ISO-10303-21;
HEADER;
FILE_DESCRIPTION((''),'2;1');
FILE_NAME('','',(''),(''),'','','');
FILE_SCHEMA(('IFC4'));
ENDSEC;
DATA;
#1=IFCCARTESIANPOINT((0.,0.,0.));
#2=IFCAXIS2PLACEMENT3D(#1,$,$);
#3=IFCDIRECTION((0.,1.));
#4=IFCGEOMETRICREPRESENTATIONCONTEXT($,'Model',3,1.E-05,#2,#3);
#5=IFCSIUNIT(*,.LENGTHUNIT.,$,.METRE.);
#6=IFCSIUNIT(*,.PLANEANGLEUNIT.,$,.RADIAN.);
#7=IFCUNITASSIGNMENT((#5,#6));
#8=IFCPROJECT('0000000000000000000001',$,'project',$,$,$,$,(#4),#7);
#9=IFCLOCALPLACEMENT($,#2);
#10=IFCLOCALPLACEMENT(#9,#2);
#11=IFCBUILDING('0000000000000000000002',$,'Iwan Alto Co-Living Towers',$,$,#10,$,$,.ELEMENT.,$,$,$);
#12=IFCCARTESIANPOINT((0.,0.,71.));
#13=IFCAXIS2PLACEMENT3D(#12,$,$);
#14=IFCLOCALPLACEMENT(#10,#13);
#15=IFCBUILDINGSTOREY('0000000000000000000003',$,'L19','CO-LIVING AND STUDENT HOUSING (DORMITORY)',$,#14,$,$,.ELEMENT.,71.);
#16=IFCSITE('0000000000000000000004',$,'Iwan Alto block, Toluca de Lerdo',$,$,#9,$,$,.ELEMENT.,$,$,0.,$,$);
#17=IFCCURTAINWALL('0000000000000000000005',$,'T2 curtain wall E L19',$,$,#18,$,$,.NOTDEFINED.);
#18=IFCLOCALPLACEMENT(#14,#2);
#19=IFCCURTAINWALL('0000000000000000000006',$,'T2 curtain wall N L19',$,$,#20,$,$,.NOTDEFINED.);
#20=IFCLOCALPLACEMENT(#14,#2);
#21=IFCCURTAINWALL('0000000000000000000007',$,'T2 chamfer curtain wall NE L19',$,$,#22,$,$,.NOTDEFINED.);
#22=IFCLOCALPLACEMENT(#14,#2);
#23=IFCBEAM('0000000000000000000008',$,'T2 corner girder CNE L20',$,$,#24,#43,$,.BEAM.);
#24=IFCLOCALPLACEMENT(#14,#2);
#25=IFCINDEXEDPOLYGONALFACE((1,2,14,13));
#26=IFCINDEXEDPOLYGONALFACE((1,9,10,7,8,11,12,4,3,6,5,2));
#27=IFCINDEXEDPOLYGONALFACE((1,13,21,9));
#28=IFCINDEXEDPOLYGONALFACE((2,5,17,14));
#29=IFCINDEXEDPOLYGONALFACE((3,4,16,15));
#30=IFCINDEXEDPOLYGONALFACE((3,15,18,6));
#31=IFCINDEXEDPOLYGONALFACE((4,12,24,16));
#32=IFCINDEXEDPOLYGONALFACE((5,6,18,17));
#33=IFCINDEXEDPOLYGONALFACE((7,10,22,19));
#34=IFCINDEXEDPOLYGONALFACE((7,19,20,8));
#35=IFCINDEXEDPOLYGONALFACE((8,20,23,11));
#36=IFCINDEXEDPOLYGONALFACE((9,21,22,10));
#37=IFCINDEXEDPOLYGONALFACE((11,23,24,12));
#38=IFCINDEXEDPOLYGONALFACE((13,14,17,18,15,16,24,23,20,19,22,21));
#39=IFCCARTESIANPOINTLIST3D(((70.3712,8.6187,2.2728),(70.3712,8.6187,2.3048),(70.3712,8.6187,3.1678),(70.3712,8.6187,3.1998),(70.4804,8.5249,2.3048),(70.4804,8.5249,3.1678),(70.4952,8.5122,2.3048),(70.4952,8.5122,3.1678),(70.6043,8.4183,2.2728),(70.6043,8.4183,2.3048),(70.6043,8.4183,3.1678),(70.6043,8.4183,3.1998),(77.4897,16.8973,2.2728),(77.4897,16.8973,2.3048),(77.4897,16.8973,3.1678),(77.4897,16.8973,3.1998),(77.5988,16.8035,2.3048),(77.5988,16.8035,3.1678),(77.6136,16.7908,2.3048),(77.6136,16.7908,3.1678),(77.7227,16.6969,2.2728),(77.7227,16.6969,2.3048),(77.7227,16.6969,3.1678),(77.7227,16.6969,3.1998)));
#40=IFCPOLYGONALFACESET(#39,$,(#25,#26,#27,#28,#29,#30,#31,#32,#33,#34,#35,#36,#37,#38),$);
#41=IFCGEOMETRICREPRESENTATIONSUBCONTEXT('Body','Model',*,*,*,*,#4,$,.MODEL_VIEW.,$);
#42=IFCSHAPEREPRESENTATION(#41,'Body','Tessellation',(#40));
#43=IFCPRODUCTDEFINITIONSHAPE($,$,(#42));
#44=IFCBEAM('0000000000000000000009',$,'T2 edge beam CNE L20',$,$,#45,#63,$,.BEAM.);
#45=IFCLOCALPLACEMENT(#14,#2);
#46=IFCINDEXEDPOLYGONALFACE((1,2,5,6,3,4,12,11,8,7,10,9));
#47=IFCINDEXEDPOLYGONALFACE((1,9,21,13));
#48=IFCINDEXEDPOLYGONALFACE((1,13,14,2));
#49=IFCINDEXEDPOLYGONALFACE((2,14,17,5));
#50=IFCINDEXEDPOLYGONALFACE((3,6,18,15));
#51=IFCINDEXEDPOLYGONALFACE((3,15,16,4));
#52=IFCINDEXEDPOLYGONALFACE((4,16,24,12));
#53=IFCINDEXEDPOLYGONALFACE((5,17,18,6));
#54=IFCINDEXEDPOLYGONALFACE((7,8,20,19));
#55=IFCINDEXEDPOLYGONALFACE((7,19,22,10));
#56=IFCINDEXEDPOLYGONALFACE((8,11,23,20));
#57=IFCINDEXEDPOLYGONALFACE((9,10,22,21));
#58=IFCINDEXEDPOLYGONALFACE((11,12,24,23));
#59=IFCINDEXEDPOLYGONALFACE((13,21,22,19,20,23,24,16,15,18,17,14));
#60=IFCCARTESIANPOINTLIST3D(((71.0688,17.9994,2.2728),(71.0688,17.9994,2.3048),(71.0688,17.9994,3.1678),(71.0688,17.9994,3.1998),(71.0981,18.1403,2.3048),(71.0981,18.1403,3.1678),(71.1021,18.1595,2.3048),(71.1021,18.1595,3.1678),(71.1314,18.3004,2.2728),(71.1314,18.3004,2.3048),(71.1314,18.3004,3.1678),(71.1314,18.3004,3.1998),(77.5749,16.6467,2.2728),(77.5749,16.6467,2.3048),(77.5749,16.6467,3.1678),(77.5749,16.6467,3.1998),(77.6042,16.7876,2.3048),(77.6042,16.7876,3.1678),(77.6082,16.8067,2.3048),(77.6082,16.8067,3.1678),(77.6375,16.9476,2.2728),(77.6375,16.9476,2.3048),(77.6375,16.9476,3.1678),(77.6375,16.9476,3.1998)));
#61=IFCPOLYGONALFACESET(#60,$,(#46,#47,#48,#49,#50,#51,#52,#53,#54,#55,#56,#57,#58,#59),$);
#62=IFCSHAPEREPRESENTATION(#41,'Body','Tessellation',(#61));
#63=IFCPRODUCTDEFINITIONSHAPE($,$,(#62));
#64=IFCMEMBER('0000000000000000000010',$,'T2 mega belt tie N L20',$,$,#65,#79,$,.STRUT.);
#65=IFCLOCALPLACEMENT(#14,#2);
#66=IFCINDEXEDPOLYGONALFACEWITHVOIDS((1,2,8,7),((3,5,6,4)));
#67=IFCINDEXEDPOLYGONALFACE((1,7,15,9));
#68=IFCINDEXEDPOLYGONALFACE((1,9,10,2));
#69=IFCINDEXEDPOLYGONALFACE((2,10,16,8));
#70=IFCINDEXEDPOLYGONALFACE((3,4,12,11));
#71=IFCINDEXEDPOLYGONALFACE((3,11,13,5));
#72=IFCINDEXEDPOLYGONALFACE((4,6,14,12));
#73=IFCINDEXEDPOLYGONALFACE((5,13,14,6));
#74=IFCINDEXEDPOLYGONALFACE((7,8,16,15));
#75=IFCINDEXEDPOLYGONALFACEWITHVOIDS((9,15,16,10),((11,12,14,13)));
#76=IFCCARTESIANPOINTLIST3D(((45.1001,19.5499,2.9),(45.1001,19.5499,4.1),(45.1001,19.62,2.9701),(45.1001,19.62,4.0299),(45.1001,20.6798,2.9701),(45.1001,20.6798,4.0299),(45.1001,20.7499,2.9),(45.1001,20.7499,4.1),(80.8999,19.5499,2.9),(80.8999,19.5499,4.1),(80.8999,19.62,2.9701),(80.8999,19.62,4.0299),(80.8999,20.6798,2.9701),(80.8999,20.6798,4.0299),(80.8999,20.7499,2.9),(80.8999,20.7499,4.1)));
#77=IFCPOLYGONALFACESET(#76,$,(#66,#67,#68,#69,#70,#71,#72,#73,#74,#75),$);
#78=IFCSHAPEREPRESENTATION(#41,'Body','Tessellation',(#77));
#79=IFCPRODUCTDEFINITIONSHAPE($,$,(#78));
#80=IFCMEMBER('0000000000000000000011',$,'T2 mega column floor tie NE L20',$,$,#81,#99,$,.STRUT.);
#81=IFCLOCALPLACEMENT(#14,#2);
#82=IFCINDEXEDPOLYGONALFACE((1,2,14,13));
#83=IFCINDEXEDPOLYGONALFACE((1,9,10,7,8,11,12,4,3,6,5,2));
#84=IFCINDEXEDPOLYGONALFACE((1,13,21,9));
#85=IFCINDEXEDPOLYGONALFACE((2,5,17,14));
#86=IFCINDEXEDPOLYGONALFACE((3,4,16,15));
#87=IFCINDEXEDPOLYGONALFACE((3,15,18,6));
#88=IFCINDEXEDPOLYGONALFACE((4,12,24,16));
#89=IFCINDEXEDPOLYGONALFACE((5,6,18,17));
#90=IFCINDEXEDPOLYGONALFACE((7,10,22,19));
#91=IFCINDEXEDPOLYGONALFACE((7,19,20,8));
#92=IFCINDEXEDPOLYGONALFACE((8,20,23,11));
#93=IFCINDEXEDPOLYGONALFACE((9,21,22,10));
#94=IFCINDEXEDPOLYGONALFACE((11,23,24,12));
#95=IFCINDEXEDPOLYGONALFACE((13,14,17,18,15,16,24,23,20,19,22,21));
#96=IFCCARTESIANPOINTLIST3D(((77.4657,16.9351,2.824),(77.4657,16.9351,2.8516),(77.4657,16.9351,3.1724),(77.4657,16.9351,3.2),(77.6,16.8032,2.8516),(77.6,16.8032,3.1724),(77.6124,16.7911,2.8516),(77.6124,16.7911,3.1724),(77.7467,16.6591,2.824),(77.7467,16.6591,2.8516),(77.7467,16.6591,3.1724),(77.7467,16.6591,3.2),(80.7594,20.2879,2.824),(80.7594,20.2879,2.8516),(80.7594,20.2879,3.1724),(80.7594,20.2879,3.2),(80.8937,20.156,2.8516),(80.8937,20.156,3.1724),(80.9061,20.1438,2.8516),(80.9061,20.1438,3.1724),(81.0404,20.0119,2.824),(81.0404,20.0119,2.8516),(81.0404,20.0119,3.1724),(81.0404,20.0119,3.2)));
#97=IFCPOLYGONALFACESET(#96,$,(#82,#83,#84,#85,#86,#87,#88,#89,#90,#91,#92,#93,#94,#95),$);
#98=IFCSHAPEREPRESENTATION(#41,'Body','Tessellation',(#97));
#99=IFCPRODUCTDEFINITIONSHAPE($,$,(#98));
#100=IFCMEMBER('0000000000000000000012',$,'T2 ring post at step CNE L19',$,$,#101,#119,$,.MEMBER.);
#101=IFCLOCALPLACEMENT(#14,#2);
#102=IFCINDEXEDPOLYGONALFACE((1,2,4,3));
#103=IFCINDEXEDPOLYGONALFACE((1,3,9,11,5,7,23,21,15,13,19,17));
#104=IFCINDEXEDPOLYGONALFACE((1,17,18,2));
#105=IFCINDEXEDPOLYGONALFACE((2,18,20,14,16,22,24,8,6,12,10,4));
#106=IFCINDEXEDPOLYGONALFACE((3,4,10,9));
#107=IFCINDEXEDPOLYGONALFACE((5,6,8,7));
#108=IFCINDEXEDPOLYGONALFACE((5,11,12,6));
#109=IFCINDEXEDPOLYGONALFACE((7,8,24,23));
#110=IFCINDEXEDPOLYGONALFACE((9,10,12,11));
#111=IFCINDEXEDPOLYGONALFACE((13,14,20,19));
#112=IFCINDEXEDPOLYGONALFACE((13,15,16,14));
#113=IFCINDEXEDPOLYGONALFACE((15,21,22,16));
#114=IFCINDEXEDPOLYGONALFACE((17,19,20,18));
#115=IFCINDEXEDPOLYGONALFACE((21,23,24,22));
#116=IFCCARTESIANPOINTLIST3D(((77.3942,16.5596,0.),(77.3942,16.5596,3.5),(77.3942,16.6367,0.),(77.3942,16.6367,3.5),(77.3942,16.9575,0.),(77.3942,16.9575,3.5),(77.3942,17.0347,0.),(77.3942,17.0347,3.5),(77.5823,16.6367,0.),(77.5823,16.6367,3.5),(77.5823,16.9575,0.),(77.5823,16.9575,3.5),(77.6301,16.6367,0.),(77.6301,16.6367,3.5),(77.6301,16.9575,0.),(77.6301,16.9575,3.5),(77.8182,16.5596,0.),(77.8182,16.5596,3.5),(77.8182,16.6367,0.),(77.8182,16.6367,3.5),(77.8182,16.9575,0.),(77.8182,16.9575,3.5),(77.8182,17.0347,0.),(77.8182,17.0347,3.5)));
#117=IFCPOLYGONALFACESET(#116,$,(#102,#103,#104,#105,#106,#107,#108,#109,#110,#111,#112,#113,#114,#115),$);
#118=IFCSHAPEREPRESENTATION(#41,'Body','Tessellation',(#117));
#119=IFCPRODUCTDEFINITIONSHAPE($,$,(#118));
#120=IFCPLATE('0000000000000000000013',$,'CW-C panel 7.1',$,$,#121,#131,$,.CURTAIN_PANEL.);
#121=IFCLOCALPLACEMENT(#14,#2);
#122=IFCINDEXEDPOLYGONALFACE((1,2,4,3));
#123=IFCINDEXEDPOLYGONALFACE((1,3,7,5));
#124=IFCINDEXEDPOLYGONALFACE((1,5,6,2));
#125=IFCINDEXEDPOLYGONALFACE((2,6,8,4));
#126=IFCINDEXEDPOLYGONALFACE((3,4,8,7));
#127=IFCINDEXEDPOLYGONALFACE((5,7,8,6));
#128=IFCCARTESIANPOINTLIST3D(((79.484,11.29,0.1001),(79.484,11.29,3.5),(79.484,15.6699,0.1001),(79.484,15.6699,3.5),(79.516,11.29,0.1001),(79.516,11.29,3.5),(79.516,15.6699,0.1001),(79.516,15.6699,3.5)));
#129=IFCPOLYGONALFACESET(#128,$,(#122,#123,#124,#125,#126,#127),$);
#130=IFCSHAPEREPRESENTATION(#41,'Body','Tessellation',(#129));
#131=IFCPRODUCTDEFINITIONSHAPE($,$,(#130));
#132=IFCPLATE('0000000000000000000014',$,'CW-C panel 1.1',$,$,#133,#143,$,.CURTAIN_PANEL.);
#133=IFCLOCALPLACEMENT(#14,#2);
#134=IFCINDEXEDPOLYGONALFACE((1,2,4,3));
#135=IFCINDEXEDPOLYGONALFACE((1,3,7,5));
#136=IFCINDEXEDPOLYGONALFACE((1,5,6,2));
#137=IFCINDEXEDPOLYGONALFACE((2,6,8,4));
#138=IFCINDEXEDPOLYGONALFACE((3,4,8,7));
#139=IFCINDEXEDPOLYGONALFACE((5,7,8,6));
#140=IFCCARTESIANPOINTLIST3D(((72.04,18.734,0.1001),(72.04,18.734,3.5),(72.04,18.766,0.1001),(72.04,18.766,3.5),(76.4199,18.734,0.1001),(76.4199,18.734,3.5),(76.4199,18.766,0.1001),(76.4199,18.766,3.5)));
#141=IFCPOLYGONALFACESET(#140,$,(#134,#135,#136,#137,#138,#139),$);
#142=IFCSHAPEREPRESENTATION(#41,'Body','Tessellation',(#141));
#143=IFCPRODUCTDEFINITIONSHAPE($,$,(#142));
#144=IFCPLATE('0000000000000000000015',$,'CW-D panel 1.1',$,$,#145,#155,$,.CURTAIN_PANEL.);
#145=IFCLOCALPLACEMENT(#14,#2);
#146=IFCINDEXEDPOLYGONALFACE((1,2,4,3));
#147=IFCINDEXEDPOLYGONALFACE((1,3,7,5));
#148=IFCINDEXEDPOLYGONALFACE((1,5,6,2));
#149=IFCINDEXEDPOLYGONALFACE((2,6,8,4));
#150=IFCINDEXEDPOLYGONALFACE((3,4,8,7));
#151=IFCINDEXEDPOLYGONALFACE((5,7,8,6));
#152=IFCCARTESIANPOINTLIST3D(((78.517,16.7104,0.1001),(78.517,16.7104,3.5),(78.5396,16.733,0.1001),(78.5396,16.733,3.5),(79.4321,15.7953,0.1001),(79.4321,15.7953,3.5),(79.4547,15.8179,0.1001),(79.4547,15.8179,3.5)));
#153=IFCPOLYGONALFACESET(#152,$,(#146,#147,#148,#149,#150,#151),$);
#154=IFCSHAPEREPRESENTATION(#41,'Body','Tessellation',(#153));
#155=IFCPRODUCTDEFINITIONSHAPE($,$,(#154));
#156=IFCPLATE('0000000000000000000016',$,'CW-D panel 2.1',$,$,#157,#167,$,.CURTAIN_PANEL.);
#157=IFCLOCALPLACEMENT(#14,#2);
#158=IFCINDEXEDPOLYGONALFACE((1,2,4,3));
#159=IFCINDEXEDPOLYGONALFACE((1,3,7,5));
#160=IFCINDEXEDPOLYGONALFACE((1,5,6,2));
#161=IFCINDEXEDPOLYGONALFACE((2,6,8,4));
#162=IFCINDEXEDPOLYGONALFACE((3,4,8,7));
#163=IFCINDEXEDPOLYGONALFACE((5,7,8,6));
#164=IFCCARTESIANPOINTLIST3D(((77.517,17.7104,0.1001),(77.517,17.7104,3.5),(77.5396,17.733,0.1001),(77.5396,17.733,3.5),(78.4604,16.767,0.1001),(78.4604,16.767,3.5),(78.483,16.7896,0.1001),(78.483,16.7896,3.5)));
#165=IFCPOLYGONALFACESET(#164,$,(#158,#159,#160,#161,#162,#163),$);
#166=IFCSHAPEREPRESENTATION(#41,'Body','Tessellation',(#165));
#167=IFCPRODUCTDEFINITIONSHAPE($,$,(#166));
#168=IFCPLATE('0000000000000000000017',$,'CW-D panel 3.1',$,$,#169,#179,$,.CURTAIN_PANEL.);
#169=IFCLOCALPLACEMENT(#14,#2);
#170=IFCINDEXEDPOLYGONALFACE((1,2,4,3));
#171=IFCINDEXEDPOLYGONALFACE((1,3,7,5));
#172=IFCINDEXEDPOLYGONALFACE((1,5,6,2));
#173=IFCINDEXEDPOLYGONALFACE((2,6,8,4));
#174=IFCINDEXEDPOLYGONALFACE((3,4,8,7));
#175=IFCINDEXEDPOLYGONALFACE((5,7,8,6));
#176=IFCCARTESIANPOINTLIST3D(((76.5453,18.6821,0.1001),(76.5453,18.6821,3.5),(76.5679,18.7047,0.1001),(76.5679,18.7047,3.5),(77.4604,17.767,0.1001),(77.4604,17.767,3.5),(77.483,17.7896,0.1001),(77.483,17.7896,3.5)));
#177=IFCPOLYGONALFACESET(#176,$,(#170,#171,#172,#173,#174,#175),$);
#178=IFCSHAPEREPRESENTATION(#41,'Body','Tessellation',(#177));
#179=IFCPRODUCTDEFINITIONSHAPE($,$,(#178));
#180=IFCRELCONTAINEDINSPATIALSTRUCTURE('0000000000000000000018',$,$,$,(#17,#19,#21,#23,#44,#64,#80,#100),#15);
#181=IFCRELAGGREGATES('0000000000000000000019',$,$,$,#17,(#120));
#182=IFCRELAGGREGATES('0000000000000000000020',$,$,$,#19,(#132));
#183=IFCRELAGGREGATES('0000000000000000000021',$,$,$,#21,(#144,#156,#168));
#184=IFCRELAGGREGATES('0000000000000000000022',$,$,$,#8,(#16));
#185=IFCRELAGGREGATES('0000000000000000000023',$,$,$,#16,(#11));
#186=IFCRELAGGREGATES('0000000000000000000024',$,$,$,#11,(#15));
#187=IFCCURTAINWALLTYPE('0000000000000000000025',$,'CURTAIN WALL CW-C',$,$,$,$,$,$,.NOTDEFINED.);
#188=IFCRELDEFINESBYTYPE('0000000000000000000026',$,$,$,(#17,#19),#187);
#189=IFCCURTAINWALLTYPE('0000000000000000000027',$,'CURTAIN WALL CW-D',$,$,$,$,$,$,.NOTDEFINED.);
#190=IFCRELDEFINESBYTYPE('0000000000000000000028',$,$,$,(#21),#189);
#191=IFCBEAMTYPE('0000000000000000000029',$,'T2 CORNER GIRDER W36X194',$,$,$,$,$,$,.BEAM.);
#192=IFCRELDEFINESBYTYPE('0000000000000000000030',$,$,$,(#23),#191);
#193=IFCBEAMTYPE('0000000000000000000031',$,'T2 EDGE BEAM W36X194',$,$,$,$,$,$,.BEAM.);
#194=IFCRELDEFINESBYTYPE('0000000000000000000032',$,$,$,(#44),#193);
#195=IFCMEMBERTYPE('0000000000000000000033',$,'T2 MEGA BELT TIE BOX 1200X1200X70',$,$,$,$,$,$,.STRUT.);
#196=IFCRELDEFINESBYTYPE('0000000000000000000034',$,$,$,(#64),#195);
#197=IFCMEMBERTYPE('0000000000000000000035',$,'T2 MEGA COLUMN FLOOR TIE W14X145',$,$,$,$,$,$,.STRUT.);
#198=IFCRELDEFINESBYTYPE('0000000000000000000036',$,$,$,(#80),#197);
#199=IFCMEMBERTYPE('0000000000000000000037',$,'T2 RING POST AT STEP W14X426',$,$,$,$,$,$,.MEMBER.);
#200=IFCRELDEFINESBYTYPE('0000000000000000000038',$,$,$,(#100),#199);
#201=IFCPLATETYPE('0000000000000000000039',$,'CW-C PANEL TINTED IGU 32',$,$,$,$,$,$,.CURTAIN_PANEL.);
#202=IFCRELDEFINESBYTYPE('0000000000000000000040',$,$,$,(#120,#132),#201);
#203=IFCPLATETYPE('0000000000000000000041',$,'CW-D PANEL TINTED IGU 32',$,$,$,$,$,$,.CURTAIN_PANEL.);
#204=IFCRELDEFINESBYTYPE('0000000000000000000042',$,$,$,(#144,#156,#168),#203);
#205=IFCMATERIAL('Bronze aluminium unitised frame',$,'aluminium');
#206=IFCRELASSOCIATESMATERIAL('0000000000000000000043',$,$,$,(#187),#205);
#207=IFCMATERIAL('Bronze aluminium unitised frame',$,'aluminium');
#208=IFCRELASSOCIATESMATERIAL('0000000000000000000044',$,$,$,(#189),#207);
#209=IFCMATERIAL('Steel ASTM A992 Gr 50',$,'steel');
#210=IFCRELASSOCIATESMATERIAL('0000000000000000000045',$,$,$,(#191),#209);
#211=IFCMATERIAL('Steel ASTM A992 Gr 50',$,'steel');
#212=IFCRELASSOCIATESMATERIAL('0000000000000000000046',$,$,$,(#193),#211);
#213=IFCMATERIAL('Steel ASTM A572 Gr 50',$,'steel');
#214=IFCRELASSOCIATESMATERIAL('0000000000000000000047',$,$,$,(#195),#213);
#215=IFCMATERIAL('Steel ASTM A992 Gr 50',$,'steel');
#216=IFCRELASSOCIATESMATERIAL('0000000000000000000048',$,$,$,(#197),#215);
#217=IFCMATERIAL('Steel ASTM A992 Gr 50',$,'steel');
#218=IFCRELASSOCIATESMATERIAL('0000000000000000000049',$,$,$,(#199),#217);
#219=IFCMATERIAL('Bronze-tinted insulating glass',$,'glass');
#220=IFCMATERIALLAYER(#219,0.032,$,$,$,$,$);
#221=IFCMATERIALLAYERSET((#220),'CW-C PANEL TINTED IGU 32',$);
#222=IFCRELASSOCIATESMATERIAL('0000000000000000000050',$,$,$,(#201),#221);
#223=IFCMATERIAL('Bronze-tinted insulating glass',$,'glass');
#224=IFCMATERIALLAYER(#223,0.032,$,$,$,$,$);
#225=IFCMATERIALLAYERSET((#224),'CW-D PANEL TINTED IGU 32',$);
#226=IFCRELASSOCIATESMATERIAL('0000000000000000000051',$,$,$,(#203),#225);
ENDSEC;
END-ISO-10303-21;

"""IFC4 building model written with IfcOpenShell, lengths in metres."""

from ifc_helpers import new_model, si_unit, direction, frame, origin, origin_2d, place, context, subcontext, project, spatial, rectangle, hollow_rectangle, i_section, extrude, material, layer, layer_set, material_profile, profile_set, type_object, element, aggregate, save


model = new_model("IFC4")

# Units and contexts
model_context = context("Model", 3, precision=1e-05, world=origin(), true_north=direction((0.0, 1.0)))
body_context = subcontext(model_context, "Body", "Model", "MODEL_VIEW")
ifc_project = project(units=[si_unit("LENGTHUNIT", "METRE"), si_unit("PLANEANGLEUNIT", "RADIAN")], contexts=[model_context])

# Site, building, storey
site_placement = place(None, origin())
site = spatial("IfcSite", under=ifc_project, at=site_placement, Name="Iwan Alto block, Toluca de Lerdo", CompositionType="ELEMENT", RefElevation=0.0)
building_placement = place(site_placement, origin())
building = spatial("IfcBuilding", under=site, at=building_placement, Name="Iwan Alto Co-Living Towers", CompositionType="ELEMENT")
storey_placement = place(building_placement, frame((0.0, 0.0, 71.0)))
storey = spatial("IfcBuildingStorey", under=building, at=storey_placement, Name="L19", Description="CO-LIVING AND STUDENT HOUSING (DORMITORY)", CompositionType="ELEMENT", Elevation=71.0)

# Curtain wall
ifc_material_1 = material(Name="Bronze aluminium unitised frame", Category="aluminium")
curtain_wall_type_1 = type_object("IfcCurtainWallType", Name="CURTAIN WALL CW-C", PredefinedType="NOTDEFINED", material=ifc_material_1)
curtain_wall_1_placement = place(storey_placement, origin())
curtain_wall_1 = element("IfcCurtainWall", 1, at=curtain_wall_1_placement, inside=storey, type_object=curtain_wall_type_1, Name="T2 curtain wall E L19", PredefinedType="NOTDEFINED")

# Curtain walls
curtain_wall_2_placement = place(storey_placement, origin())
curtain_wall_2 = element("IfcCurtainWall", 2, at=curtain_wall_2_placement, inside=storey, type_object=curtain_wall_type_1, Name="T2 curtain wall N L19", PredefinedType="NOTDEFINED")
ifc_material_2 = material(Name="Bronze aluminium unitised frame", Category="aluminium")
curtain_wall_type_2 = type_object("IfcCurtainWallType", Name="CURTAIN WALL CW-D", PredefinedType="NOTDEFINED", material=ifc_material_2)
curtain_wall_3_placement = place(storey_placement, origin())
curtain_wall_3 = element("IfcCurtainWall", 3, at=curtain_wall_3_placement, inside=storey, type_object=curtain_wall_type_2, Name="T2 chamfer curtain wall NE L19", PredefinedType="NOTDEFINED")

# Beams
ifc_material_3 = material(Name="Steel ASTM A992 Gr 50", Category="steel")
ifc_material_profile_1 = material_profile(ifc_material_3, i_section(OverallWidth=0.3074, OverallDepth=0.927, WebThickness=0.0195, FlangeThickness=0.032, at=origin_2d()), Name="W36X194")
ifc_profile_set_1 = profile_set([ifc_material_profile_1], Name="Steel ASTM A992 Gr 50")
beam_type_1 = type_object("IfcBeamType", Name="T2 CORNER GIRDER W36X194", PredefinedType="BEAM", material=ifc_profile_set_1)
beam_1_placement = place(storey_placement, frame((77.6062, 16.7971, 2.7363), z_axis=(-0.651978, -0.758238, 0.0), x_axis=(0.758238, -0.651978, 0.0)))
element("IfcBeam", 4, at=beam_1_placement, inside=storey, type_object=beam_type_1, Name="T2 corner girder CNE L20", PredefinedType="BEAM", context=body_context, shape_type="SweptSolid", body=[
    extrude(i_section(OverallWidth=0.3074, OverallDepth=0.927, WebThickness=0.0195, FlangeThickness=0.032, at=origin_2d()), origin(), (0.0, 0.0, 1.0), 10.9182),
])
ifc_material_4 = material(Name="Steel ASTM A992 Gr 50", Category="steel")
ifc_material_profile_2 = material_profile(ifc_material_4, i_section(OverallWidth=0.3074, OverallDepth=0.927, WebThickness=0.0195, FlangeThickness=0.032, at=origin_2d()), Name="W36X194")
ifc_profile_set_2 = profile_set([ifc_material_profile_2], Name="Steel ASTM A992 Gr 50")
beam_type_2 = type_object("IfcBeamType", Name="T2 EDGE BEAM W36X194", PredefinedType="BEAM", material=ifc_profile_set_2)
beam_2_placement = place(storey_placement, frame((77.6062, 16.7971, 2.7363), z_axis=(-0.97906, 0.203571, 0.0), x_axis=(-0.203571, -0.97906, 0.0)))
element("IfcBeam", 5, at=beam_2_placement, inside=storey, type_object=beam_type_2, Name="T2 edge beam CNE L20", PredefinedType="BEAM", context=body_context, shape_type="SweptSolid", body=[
    extrude(i_section(OverallWidth=0.3074, OverallDepth=0.927, WebThickness=0.0195, FlangeThickness=0.032, at=origin_2d()), origin(), (0.0, 0.0, 1.0), 6.6453),
])

# Members
ifc_material_5 = material(Name="Steel ASTM A572 Gr 50", Category="steel")
ifc_material_profile_3 = material_profile(ifc_material_5, hollow_rectangle(XDim=1.2, YDim=1.2, WallThickness=0.0701, at=origin_2d()), Name="BOX 1200X1200X70")
ifc_profile_set_3 = profile_set([ifc_material_profile_3], Name="Steel ASTM A572 Gr 50")
member_type_1 = type_object("IfcMemberType", Name="T2 MEGA BELT TIE BOX 1200X1200X70", PredefinedType="STRUT", material=ifc_profile_set_3)
member_1_placement = place(storey_placement, frame((80.8999, 20.1499, 3.5), z_axis=(-1.0, 0.0, 0.0), x_axis=(0.0, -1.0, 0.0)))
element("IfcMember", 6, at=member_1_placement, inside=storey, type_object=member_type_1, Name="T2 mega belt tie N L20", PredefinedType="STRUT", context=body_context, shape_type="SweptSolid", body=[
    extrude(hollow_rectangle(XDim=1.2, YDim=1.2, WallThickness=0.0701, at=origin_2d()), origin(), (0.0, 0.0, 1.0), 35.7998),
])
ifc_material_6 = material(Name="Steel ASTM A992 Gr 50", Category="steel")
ifc_material_profile_4 = material_profile(ifc_material_6, i_section(OverallWidth=0.3938, OverallDepth=0.376, WebThickness=0.0173, FlangeThickness=0.0276, at=origin_2d()), Name="W14X145")
ifc_profile_set_4 = profile_set([ifc_material_profile_4], Name="Steel ASTM A992 Gr 50")
member_type_2 = type_object("IfcMemberType", Name="T2 MEGA COLUMN FLOOR TIE W14X145", PredefinedType="STRUT", material=ifc_profile_set_4)
member_2_placement = place(storey_placement, frame((80.8999, 20.1499, 3.012), z_axis=(-0.700793, -0.713364, 0.0), x_axis=(0.713364, -0.700793, 0.0)))
element("IfcMember", 7, at=member_2_placement, inside=storey, type_object=member_type_2, Name="T2 mega column floor tie NE L20", PredefinedType="STRUT", context=body_context, shape_type="SweptSolid", body=[
    extrude(i_section(OverallWidth=0.3938, OverallDepth=0.376, WebThickness=0.0173, FlangeThickness=0.0276, at=origin_2d()), origin(), (0.0, 0.0, 1.0), 4.7),
])
ifc_material_7 = material(Name="Steel ASTM A992 Gr 50", Category="steel")
ifc_material_profile_5 = material_profile(ifc_material_7, i_section(OverallWidth=0.4241, OverallDepth=0.4751, WebThickness=0.0479, FlangeThickness=0.0771, at=origin_2d()), Name="W14X426")
ifc_profile_set_5 = profile_set([ifc_material_profile_5], Name="Steel ASTM A992 Gr 50")
member_type_3 = type_object("IfcMemberType", Name="T2 RING POST AT STEP W14X426", PredefinedType="MEMBER", material=ifc_profile_set_5)
member_3_placement = place(storey_placement, frame((77.6062, 16.7971, 0.0), z_axis=(0.0, 0.0, 1.0), x_axis=(1.0, 0.0, 0.0)))
element("IfcMember", 8, at=member_3_placement, inside=storey, type_object=member_type_3, Name="T2 ring post at step CNE L19", PredefinedType="MEMBER", context=body_context, shape_type="SweptSolid", body=[
    extrude(i_section(OverallWidth=0.4241, OverallDepth=0.4751, WebThickness=0.0479, FlangeThickness=0.0771, at=origin_2d()), origin(), (0.0, 0.0, 1.0), 3.5),
])

# Plates
ifc_material_8 = material(Name="Bronze-tinted insulating glass", Category="glass")
ifc_layer_1 = layer(ifc_material_8, 0.032)
ifc_layer_set_1 = layer_set([ifc_layer_1], Name="CW-C PANEL TINTED IGU 32")
plate_type_1 = type_object("IfcPlateType", Name="CW-C PANEL TINTED IGU 32", PredefinedType="CURTAIN_PANEL", material=ifc_layer_set_1)
plate_1_placement = place(storey_placement, frame((79.5, 13.48, 0.1001), z_axis=(0.0, 0.0, 1.0), x_axis=(0.0, 1.0, 0.0)))
plate_1 = element("IfcPlate", 9, at=plate_1_placement, type_object=plate_type_1, Name="CW-C panel 7.1", PredefinedType="CURTAIN_PANEL", context=body_context, shape_type="SweptSolid", body=[
    extrude(rectangle(XDim=4.3799, YDim=0.032, at=origin_2d()), origin(), (0.0, 0.0, 1.0), 3.3999),
])
aggregate(curtain_wall_1, [plate_1])
plate_2_placement = place(storey_placement, frame((74.23, 18.75, 0.1001), z_axis=(0.0, 0.0, 1.0), x_axis=(-1.0, 0.0, 0.0)))
plate_2 = element("IfcPlate", 10, at=plate_2_placement, type_object=plate_type_1, Name="CW-C panel 1.1", PredefinedType="CURTAIN_PANEL", context=body_context, shape_type="SweptSolid", body=[
    extrude(rectangle(XDim=4.3799, YDim=0.032, at=origin_2d()), origin(), (0.0, 0.0, 1.0), 3.3999),
])
aggregate(curtain_wall_2, [plate_2])
ifc_material_9 = material(Name="Bronze-tinted insulating glass", Category="glass")
ifc_layer_2 = layer(ifc_material_9, 0.032)
ifc_layer_set_2 = layer_set([ifc_layer_2], Name="CW-D PANEL TINTED IGU 32")
plate_type_2 = type_object("IfcPlateType", Name="CW-D PANEL TINTED IGU 32", PredefinedType="CURTAIN_PANEL", material=ifc_layer_set_2)
plate_3_placement = place(storey_placement, frame((78.9858, 16.2642, 0.1001), z_axis=(0.0, 0.0, 1.0), x_axis=(-0.707107, 0.707107, 0.0)))
plate_3 = element("IfcPlate", 11, at=plate_3_placement, type_object=plate_type_2, Name="CW-D panel 1.1", PredefinedType="CURTAIN_PANEL", context=body_context, shape_type="SweptSolid", body=[
    extrude(rectangle(XDim=1.2942, YDim=0.032, at=origin_2d()), origin(), (0.0, 0.0, 1.0), 3.3999),
])
plate_4_placement = place(storey_placement, frame((78.0, 17.25, 0.1001), z_axis=(0.0, 0.0, 1.0), x_axis=(-0.707107, 0.707107, 0.0)))
plate_4 = element("IfcPlate", 12, at=plate_4_placement, type_object=plate_type_2, Name="CW-D panel 2.1", PredefinedType="CURTAIN_PANEL", context=body_context, shape_type="SweptSolid", body=[
    extrude(rectangle(XDim=1.3342, YDim=0.032, at=origin_2d()), origin(), (0.0, 0.0, 1.0), 3.3999),
])
plate_5_placement = place(storey_placement, frame((77.0142, 18.2358, 0.1001), z_axis=(0.0, 0.0, 1.0), x_axis=(-0.707107, 0.707107, 0.0)))
plate_5 = element("IfcPlate", 13, at=plate_5_placement, type_object=plate_type_2, Name="CW-D panel 3.1", PredefinedType="CURTAIN_PANEL", context=body_context, shape_type="SweptSolid", body=[
    extrude(rectangle(XDim=1.2942, YDim=0.032, at=origin_2d()), origin(), (0.0, 0.0, 1.0), 3.3999),
])
aggregate(curtain_wall_3, [plate_3, plate_4, plate_5])

save(model, "model.ifc")
